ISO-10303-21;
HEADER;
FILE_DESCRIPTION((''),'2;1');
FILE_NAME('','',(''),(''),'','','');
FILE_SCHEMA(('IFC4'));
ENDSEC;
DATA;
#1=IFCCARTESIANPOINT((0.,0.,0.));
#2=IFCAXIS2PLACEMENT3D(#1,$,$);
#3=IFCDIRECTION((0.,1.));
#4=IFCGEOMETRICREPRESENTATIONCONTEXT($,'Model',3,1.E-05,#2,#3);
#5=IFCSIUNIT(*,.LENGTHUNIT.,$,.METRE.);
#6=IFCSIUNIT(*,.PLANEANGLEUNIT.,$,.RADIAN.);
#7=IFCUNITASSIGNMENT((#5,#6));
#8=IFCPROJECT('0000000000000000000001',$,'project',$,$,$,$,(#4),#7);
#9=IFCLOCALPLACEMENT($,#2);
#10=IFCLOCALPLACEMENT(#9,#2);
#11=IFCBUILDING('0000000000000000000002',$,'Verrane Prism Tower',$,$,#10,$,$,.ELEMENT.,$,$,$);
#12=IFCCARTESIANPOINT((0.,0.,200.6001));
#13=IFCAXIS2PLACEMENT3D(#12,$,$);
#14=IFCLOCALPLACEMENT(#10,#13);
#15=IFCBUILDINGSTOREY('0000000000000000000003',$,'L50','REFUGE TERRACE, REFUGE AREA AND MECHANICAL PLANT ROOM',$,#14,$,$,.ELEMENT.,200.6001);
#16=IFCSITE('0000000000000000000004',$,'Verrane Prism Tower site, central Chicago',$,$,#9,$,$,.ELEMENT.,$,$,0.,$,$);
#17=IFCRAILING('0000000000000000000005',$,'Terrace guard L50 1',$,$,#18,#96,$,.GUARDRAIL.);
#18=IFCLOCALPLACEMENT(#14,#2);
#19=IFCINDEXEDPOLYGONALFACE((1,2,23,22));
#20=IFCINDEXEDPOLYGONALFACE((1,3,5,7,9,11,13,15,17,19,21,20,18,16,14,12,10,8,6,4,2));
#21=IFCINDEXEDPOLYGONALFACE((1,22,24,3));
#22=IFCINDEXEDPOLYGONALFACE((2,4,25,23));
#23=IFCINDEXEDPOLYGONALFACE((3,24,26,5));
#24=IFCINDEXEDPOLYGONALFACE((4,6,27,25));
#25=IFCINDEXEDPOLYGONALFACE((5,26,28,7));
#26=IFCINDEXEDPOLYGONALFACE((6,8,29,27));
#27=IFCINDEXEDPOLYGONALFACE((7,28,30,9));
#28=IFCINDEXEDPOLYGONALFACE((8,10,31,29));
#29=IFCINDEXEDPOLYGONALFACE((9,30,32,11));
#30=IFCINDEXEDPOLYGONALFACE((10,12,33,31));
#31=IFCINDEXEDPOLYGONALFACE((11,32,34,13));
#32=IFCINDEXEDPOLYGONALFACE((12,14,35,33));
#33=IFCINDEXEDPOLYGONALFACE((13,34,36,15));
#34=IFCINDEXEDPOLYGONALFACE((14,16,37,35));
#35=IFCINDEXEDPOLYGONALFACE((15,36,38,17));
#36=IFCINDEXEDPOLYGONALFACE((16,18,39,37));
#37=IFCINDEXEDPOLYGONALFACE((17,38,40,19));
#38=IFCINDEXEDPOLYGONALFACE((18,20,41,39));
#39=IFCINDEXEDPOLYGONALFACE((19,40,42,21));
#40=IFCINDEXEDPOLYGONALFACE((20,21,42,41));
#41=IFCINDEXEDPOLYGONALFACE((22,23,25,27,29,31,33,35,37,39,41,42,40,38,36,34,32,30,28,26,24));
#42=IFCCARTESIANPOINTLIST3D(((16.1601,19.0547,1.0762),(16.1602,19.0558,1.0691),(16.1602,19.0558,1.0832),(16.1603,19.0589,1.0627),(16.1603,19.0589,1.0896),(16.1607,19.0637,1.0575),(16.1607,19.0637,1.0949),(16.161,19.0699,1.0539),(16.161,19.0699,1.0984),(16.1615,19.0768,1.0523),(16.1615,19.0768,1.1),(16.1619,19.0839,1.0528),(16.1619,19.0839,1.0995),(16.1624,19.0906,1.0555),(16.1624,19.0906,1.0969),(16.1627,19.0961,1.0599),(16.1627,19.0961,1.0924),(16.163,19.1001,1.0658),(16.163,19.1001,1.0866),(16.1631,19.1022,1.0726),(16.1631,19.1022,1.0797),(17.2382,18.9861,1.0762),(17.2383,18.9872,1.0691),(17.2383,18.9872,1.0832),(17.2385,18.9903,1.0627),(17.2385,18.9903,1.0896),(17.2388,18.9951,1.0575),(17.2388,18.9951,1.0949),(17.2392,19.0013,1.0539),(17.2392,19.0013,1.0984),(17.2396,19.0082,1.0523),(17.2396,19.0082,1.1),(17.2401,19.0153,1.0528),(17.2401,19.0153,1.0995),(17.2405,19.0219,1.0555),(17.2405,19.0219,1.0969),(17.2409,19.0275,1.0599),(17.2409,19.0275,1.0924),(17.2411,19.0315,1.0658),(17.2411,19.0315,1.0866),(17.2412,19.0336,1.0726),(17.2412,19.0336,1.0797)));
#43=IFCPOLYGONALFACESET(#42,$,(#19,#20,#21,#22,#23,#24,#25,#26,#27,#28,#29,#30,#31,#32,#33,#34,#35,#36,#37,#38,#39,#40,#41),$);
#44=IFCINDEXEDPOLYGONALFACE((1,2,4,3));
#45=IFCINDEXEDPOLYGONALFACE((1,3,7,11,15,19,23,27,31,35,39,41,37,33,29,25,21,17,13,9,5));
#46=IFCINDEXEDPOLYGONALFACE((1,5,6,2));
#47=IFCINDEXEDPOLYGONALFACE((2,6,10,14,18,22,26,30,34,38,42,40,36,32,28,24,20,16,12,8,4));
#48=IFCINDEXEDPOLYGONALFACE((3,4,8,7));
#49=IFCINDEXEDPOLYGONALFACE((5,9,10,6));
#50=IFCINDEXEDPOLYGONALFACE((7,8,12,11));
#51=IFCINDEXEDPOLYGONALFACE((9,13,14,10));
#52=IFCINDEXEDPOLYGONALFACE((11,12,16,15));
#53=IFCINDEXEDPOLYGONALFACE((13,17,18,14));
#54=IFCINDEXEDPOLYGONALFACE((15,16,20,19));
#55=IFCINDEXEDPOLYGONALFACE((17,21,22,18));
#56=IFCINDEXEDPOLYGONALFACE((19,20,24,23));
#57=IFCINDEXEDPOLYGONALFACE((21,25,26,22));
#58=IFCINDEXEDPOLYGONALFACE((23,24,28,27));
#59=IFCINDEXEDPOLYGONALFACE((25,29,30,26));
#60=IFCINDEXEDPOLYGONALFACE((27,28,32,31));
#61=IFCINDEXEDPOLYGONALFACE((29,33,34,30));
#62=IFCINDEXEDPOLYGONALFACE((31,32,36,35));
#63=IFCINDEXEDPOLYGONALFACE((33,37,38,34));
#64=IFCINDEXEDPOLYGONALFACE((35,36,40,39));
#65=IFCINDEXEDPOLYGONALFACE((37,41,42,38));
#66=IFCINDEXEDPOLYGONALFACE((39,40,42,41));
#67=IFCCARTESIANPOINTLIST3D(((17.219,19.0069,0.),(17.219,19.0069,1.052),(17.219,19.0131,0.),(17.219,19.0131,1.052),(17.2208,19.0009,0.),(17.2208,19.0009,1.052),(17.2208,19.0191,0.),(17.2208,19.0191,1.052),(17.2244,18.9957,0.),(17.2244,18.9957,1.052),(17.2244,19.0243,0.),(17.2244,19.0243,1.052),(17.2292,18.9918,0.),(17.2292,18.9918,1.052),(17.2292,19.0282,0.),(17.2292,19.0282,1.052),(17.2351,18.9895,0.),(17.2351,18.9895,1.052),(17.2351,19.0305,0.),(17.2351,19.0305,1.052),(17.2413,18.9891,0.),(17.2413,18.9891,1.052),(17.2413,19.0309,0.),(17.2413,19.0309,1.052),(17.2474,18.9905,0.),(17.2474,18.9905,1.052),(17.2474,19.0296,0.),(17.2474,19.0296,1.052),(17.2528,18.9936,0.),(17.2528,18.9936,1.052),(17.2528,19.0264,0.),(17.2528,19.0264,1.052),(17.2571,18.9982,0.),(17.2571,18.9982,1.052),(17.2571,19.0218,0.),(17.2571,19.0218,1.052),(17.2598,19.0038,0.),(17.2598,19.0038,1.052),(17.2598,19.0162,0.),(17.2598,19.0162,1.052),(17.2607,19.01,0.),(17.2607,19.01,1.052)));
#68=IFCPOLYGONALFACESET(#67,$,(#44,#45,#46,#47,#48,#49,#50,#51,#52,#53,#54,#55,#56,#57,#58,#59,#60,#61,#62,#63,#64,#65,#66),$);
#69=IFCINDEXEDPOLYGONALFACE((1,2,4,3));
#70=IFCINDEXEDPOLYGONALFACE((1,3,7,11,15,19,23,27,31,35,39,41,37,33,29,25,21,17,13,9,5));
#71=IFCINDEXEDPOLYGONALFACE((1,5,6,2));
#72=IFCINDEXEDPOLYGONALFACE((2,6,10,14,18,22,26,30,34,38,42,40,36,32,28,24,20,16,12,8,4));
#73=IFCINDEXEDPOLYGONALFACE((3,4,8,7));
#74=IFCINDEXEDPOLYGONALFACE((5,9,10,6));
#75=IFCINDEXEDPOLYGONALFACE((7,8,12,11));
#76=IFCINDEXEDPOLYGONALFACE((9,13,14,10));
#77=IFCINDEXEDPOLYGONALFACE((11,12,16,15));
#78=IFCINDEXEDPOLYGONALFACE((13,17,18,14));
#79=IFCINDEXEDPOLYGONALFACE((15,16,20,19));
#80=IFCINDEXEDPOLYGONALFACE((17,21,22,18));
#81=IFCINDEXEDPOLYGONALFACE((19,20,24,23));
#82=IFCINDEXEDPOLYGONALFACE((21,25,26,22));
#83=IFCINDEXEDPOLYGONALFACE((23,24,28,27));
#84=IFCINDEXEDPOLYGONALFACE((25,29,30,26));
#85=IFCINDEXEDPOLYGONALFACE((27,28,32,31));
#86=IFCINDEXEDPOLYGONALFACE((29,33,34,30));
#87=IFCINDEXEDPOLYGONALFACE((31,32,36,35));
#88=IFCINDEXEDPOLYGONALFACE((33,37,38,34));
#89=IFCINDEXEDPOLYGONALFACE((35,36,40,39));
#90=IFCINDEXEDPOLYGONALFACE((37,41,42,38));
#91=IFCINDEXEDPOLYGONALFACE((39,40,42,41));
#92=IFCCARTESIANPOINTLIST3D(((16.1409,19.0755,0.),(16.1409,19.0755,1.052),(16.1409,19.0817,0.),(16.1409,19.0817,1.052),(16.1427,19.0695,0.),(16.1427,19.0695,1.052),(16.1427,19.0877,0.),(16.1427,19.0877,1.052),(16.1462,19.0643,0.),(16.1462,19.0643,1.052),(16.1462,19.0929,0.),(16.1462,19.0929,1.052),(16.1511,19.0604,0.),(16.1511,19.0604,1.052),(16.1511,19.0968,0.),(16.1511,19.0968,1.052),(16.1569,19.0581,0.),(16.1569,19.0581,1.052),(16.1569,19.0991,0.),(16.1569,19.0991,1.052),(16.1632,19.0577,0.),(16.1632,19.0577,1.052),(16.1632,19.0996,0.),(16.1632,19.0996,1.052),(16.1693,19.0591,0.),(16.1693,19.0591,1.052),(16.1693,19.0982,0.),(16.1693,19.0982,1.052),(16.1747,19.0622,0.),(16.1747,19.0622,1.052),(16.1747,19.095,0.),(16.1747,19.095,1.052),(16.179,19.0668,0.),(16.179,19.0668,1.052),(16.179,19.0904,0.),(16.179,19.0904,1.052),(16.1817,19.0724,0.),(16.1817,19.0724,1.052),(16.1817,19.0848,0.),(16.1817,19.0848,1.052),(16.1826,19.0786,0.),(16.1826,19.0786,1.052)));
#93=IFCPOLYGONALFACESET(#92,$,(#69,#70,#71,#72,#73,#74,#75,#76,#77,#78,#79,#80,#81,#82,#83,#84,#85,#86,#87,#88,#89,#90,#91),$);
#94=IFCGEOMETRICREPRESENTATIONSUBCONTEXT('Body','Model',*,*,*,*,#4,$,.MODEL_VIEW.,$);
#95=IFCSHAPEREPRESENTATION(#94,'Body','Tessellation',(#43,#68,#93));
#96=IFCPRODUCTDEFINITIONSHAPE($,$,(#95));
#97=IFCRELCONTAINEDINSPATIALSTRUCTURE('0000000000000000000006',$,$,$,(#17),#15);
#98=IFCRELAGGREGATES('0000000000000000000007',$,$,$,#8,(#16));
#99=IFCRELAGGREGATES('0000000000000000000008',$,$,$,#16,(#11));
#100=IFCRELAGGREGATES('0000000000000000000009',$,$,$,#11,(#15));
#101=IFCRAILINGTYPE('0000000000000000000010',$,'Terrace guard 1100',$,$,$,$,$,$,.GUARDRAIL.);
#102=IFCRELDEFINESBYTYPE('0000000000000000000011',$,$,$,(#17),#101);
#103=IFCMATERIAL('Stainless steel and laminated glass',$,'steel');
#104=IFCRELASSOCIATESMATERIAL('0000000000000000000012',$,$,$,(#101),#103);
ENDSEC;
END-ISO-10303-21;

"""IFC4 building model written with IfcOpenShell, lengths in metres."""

from ifc_helpers import new_model, si_unit, direction, frame, origin, origin_2d, place, context, subcontext, project, spatial, circle, extrude, material, type_object, element, save


model = new_model("IFC4")

# Units and contexts
model_context = context("Model", 3, precision=1e-05, world=origin(), true_north=direction((0.0, 1.0)))
body_context = subcontext(model_context, "Body", "Model", "MODEL_VIEW")
ifc_project = project(units=[si_unit("LENGTHUNIT", "METRE"), si_unit("PLANEANGLEUNIT", "RADIAN")], contexts=[model_context])

# Site, building, storey
site_placement = place(None, origin())
site = spatial("IfcSite", under=ifc_project, at=site_placement, Name="Verrane Prism Tower site, central Chicago", CompositionType="ELEMENT", RefElevation=0.0)
building_placement = place(site_placement, origin())
building = spatial("IfcBuilding", under=site, at=building_placement, Name="Verrane Prism Tower", CompositionType="ELEMENT")
storey_placement = place(building_placement, frame((0.0, 0.0, 200.6001)))
storey = spatial("IfcBuildingStorey", under=building, at=storey_placement, Name="L50", Description="REFUGE TERRACE, REFUGE AREA AND MECHANICAL PLANT ROOM", CompositionType="ELEMENT", Elevation=200.6001)

# Railing
ifc_material_1 = material(Name="Stainless steel and laminated glass", Category="steel")
railing_type = type_object("IfcRailingType", Name="Terrace guard 1100", PredefinedType="GUARDRAIL", material=ifc_material_1)
railing_placement = place(storey_placement, frame((17.2397, 19.01, 0.0)))
element("IfcRailing", 1, at=railing_placement, inside=storey, type_object=railing_type, Name="Terrace guard L50 1", PredefinedType="GUARDRAIL", context=body_context, shape_type="SweptSolid", body=[
    extrude(circle(Radius=0.0239, at=origin_2d()), frame((0.0, 0.0, 1.0762), z_axis=(-0.997982, 0.063504, 0.0), x_axis=(-0.063504, -0.997982, 0.0)), (0.0, 0.0, 1.0), 1.0803),
    extrude(circle(Radius=0.021, at=origin_2d()), origin(), (0.0, 0.0, 1.0), 1.052),
    extrude(circle(Radius=0.021, at=origin_2d()), frame((-1.0781, 0.0686, 0.0)), (0.0, 0.0, 1.0), 1.052),
])

save(model, "model.ifc")
